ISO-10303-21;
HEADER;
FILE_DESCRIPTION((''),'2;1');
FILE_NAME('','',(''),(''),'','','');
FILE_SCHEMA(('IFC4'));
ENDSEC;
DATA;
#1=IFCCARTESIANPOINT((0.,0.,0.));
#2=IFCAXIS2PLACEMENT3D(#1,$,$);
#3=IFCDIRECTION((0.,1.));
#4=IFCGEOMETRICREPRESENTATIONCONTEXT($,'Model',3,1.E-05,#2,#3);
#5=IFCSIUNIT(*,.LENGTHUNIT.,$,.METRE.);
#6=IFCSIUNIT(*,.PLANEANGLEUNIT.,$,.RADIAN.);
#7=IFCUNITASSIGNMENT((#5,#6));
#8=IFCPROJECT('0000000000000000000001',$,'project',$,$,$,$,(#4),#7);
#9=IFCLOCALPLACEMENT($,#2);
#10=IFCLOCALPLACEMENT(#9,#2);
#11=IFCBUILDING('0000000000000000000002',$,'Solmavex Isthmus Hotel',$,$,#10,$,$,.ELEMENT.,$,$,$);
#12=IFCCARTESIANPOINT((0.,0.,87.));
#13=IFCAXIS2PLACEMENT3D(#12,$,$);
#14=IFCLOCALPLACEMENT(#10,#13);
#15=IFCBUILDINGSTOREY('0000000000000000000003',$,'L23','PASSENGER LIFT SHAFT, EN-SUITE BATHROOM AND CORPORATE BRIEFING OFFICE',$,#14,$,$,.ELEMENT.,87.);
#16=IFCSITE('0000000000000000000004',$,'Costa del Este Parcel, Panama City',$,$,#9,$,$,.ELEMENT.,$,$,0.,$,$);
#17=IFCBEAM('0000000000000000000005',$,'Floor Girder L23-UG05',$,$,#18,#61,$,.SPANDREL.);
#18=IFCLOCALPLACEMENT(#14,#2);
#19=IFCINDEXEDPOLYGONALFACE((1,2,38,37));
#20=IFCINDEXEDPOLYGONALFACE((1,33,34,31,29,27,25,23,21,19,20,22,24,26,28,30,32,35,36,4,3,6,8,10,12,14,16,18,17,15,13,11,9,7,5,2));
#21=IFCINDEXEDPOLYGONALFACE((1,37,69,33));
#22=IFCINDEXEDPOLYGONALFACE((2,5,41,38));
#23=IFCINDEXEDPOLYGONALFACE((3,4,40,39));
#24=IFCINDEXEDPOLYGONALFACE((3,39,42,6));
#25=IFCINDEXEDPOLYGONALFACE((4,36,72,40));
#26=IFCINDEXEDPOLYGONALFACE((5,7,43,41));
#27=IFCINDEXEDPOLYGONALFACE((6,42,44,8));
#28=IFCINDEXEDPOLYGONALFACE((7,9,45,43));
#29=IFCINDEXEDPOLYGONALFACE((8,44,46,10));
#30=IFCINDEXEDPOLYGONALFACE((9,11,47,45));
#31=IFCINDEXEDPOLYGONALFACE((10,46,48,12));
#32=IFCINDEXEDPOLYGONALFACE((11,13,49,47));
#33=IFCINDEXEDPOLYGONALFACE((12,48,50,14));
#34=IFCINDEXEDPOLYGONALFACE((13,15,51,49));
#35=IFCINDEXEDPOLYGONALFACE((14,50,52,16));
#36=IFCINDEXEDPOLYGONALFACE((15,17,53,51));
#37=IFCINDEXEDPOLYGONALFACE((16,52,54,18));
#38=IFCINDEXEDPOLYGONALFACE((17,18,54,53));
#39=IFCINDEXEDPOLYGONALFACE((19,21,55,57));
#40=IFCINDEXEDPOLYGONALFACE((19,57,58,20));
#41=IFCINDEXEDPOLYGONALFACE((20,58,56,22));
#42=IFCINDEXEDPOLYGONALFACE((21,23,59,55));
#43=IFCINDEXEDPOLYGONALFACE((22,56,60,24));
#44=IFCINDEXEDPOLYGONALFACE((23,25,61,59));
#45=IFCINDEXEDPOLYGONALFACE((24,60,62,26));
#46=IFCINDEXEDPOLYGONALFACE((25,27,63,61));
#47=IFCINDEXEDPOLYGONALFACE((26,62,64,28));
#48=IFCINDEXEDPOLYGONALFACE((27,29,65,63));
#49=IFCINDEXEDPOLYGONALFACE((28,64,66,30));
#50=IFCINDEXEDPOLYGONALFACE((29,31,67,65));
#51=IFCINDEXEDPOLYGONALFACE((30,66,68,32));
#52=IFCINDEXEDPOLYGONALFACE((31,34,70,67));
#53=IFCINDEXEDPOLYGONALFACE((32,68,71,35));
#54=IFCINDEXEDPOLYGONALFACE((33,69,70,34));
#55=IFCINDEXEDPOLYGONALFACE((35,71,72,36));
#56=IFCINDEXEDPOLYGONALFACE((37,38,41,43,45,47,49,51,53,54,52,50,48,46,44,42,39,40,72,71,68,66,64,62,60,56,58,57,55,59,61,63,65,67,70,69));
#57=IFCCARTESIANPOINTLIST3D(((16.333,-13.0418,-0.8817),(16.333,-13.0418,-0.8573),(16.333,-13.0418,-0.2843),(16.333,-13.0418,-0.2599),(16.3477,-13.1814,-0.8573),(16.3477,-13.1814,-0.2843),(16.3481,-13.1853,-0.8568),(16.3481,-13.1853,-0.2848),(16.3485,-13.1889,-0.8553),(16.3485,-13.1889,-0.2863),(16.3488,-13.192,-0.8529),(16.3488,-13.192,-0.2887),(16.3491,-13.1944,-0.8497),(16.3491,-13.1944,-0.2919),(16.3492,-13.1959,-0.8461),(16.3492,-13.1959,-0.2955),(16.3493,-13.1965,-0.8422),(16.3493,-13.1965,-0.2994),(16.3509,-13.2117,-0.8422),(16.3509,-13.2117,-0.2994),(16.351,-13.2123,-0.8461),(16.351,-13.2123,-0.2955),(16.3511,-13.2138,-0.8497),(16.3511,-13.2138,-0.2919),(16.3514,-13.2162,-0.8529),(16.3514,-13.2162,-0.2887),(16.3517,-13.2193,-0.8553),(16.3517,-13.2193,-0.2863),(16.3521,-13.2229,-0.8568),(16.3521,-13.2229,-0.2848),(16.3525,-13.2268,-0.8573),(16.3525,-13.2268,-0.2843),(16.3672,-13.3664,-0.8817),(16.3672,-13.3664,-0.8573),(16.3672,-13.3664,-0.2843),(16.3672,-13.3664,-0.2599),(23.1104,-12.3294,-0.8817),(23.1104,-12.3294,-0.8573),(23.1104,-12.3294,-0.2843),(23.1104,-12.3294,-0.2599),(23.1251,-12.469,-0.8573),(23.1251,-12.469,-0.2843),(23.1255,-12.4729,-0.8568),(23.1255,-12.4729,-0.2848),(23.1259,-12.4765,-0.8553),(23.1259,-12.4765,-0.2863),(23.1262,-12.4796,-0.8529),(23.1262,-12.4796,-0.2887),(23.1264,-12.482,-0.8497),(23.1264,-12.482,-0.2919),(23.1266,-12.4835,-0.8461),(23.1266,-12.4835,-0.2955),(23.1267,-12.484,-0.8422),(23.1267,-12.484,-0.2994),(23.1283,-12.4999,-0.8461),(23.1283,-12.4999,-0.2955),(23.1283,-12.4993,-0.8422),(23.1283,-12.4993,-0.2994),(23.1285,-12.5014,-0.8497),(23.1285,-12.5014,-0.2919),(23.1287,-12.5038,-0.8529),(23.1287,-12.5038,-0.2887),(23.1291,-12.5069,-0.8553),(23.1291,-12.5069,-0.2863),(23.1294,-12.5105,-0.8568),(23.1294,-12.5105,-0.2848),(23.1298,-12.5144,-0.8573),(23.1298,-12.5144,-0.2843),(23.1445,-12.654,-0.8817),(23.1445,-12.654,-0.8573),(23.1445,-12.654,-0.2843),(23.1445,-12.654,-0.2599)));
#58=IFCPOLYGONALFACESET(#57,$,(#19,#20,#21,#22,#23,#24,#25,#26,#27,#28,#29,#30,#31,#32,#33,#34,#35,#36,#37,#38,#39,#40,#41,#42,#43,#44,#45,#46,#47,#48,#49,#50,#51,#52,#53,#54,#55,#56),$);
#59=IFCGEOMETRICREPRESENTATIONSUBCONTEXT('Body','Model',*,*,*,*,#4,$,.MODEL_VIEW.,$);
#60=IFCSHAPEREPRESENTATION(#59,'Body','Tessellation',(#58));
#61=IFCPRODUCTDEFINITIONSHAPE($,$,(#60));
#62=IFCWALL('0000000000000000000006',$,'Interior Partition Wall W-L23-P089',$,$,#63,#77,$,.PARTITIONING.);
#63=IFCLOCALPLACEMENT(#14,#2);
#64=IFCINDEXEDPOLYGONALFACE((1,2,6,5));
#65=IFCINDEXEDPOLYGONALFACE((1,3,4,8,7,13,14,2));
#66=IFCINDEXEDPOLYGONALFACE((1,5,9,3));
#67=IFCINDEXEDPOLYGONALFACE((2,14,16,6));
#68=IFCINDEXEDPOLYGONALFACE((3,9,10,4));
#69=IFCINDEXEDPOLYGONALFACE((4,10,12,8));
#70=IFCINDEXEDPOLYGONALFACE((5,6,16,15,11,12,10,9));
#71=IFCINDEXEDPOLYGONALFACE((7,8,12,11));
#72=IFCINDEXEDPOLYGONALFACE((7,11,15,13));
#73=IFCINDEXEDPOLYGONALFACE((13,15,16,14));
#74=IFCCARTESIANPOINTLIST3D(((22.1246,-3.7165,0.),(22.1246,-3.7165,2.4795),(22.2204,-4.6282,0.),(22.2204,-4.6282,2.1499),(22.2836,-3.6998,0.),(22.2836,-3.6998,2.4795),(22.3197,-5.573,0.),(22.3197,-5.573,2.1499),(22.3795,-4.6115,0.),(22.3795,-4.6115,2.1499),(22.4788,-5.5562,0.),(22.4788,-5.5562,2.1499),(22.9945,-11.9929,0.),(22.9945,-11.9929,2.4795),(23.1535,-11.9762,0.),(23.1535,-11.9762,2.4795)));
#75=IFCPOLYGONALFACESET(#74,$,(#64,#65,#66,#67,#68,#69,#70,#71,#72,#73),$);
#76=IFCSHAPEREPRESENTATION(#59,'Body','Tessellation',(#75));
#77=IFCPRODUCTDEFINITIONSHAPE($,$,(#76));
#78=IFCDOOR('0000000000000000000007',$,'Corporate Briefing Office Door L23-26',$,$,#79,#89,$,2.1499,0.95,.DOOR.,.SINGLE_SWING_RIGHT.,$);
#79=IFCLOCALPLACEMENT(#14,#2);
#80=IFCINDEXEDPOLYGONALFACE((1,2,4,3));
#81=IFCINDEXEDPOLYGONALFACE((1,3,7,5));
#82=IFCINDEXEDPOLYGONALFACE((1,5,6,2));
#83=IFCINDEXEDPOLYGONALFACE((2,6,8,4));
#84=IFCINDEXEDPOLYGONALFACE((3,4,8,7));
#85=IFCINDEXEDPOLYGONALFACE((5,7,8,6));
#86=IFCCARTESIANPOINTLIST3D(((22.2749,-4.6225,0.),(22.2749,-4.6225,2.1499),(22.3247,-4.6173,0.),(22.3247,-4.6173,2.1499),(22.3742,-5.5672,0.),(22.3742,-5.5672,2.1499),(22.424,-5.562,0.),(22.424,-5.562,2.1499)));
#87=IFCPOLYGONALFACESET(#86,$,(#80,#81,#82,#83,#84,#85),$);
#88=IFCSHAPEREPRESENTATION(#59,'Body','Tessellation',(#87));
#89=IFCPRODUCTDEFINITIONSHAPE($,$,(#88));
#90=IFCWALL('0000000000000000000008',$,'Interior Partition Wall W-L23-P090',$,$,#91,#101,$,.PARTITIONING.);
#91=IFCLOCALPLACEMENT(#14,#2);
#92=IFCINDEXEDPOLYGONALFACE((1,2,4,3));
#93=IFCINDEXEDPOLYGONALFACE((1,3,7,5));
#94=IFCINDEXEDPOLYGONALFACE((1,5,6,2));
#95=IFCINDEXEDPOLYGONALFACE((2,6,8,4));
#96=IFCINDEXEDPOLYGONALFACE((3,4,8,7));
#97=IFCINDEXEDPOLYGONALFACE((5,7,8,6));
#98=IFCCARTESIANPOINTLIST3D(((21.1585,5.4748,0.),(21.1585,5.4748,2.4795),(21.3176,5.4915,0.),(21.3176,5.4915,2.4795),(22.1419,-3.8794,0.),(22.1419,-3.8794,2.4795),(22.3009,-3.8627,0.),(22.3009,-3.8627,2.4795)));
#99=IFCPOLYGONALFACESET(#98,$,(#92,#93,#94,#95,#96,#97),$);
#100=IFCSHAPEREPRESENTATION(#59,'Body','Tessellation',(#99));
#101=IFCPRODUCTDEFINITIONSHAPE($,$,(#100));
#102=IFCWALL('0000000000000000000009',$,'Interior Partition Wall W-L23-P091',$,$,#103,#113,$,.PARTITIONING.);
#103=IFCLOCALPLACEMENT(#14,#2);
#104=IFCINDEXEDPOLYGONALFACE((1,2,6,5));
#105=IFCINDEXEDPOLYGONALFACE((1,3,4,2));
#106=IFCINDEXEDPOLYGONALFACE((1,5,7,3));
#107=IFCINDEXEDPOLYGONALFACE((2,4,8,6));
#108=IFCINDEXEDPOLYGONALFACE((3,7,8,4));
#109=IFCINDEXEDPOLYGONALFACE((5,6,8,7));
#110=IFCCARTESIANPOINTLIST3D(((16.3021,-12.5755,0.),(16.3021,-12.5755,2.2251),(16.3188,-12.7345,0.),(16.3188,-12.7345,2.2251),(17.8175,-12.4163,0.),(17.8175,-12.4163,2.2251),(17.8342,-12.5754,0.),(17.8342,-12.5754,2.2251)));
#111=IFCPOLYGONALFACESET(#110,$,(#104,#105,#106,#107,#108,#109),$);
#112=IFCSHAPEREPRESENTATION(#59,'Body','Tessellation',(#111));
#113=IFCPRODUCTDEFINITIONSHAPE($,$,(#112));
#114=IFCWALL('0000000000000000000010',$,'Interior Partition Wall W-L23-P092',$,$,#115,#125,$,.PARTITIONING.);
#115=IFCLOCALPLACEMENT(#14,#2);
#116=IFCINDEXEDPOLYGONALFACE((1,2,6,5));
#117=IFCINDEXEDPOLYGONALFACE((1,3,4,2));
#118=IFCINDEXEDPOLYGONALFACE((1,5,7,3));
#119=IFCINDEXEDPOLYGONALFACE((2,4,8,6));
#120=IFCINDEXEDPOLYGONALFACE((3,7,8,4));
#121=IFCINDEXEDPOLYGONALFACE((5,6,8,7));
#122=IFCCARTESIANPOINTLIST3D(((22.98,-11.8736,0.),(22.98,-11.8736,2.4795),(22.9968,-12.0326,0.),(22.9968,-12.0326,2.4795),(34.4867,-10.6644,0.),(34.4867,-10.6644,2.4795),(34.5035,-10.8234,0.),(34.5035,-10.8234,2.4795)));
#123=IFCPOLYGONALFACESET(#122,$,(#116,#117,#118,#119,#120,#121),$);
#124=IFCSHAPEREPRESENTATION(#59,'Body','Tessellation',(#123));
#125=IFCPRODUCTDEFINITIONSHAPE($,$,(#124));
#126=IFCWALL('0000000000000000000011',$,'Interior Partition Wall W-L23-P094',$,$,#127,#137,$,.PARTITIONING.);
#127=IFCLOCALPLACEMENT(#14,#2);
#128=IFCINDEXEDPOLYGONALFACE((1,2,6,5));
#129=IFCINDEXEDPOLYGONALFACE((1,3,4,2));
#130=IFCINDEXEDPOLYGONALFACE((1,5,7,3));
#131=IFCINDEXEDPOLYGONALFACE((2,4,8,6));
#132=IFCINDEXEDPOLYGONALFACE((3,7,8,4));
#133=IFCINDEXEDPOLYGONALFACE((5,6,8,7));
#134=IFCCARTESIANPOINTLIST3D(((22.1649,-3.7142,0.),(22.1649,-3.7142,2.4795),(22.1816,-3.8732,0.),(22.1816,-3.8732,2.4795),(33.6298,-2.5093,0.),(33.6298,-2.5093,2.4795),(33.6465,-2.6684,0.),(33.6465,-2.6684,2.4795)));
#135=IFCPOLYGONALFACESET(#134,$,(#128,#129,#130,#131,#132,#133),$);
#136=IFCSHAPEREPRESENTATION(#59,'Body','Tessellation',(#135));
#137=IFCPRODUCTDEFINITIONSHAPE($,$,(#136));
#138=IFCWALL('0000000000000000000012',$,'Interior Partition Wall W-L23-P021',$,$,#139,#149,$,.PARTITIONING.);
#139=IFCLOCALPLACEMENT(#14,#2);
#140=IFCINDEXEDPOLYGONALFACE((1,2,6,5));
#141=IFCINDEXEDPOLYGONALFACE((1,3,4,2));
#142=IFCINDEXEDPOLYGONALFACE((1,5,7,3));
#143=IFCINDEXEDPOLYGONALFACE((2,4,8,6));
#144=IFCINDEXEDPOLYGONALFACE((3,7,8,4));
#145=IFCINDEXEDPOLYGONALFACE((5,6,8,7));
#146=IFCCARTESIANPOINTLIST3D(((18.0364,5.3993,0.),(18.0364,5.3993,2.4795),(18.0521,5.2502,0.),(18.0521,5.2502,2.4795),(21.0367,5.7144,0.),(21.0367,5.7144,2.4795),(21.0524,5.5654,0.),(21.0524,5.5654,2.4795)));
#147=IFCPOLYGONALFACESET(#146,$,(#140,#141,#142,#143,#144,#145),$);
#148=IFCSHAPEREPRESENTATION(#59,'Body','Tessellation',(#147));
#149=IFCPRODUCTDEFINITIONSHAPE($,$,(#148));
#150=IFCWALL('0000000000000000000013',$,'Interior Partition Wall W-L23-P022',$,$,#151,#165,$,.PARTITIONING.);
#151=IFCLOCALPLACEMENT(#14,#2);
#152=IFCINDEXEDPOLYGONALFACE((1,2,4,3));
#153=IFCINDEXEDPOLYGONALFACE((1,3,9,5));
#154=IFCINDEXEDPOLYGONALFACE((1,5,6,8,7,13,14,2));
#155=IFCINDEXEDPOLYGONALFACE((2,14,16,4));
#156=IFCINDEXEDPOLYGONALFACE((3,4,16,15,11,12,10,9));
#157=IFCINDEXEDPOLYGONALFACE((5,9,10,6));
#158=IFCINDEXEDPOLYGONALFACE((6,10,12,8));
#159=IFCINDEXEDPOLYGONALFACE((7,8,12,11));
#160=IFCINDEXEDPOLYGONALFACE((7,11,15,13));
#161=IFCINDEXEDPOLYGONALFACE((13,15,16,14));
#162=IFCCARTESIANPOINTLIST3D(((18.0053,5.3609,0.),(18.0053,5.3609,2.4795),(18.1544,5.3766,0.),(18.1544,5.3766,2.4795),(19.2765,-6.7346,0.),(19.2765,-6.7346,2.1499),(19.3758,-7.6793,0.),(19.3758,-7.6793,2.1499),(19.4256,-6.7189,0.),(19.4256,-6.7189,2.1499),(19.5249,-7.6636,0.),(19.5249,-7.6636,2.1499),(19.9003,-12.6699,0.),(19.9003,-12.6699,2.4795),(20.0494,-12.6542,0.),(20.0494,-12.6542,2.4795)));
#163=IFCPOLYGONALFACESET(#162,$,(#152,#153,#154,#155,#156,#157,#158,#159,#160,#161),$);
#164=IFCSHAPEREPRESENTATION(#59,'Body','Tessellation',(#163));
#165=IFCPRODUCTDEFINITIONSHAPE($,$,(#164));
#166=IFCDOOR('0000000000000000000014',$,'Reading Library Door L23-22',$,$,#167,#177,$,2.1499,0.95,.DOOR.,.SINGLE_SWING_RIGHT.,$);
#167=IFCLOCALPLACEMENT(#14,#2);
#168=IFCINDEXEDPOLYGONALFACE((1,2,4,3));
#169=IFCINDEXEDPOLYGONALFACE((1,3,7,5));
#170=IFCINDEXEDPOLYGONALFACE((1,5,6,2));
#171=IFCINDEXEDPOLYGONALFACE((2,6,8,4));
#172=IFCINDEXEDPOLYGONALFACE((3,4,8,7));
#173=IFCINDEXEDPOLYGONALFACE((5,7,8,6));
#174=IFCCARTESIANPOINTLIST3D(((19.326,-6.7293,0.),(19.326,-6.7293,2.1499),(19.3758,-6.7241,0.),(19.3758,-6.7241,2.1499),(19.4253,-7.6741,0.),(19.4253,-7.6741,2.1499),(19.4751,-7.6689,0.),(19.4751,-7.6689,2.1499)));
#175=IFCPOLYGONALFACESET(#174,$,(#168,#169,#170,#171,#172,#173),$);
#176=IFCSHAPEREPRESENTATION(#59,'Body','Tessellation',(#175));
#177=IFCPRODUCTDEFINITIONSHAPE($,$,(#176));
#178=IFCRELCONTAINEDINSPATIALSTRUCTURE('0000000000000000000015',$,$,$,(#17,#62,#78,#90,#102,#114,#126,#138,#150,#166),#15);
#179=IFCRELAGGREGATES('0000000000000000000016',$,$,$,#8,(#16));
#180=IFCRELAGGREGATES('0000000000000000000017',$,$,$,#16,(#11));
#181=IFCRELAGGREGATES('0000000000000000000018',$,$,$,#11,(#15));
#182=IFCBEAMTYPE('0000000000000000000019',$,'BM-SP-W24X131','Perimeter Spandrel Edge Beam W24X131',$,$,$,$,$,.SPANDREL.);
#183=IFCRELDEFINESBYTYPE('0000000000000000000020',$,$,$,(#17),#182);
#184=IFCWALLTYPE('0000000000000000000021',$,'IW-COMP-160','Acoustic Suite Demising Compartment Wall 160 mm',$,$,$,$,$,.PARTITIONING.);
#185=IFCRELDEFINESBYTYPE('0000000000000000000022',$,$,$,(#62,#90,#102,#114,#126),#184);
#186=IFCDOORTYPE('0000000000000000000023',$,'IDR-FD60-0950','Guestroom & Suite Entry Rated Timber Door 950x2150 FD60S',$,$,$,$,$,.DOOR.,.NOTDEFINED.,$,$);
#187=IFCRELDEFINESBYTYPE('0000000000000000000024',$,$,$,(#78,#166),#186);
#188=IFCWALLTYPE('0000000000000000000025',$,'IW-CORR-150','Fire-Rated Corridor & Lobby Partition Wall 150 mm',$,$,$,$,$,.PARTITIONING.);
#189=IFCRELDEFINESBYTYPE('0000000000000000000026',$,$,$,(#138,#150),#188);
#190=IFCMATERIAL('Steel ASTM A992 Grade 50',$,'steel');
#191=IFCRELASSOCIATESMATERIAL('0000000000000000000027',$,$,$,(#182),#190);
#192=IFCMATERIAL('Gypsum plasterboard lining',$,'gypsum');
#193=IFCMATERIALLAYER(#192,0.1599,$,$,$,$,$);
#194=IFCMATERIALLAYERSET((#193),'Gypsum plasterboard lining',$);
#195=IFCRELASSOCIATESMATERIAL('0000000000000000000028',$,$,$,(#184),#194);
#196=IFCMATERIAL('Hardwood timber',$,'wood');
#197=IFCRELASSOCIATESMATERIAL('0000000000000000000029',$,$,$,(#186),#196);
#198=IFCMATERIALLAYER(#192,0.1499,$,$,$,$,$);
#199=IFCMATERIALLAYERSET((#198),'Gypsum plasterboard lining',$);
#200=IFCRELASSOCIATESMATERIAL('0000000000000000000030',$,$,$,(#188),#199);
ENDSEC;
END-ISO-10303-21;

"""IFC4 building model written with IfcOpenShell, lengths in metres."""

from ifc_helpers import new_model, si_unit, direction, frame, frame_2d, origin, origin_2d, place, context, subcontext, project, spatial, rectangle, i_section, extrude, material, layer, layer_set, material_profile, profile_set, type_object, element, fill, save


model = new_model("IFC4")

# Units and contexts
model_context = context("Model", 3, precision=1e-05, world=origin(), true_north=direction((0.0, 1.0)))
body_context = subcontext(model_context, "Body", "Model", "MODEL_VIEW")
ifc_project = project(units=[si_unit("LENGTHUNIT", "METRE"), si_unit("PLANEANGLEUNIT", "RADIAN")], contexts=[model_context])

# Site, building, storey
site_placement = place(None, origin())
site = spatial("IfcSite", under=ifc_project, at=site_placement, Name="Costa del Este Parcel, Panama City", CompositionType="ELEMENT", RefElevation=0.0)
building_placement = place(site_placement, origin())
building = spatial("IfcBuilding", under=site, at=building_placement, Name="Solmavex Isthmus Hotel", CompositionType="ELEMENT")
storey_placement = place(building_placement, frame((0.0, 0.0, 87.0)))
storey = spatial("IfcBuildingStorey", under=building, at=storey_placement, Name="L23", Description="PASSENGER LIFT SHAFT, EN-SUITE BATHROOM AND CORPORATE BRIEFING OFFICE", CompositionType="ELEMENT", Elevation=87.0)

# Beam
ifc_material_1 = material(Name="Steel ASTM A992 Grade 50", Category="steel")
ifc_material_profile_1 = material_profile(ifc_material_1, i_section(OverallWidth=0.3264, OverallDepth=0.6218, WebThickness=0.0154, FlangeThickness=0.0244, FilletRadius=0.0151, at=origin_2d()), Name="W24X131")
ifc_profile_set_1 = profile_set([ifc_material_profile_1], Name="Steel ASTM A992 Grade 50")
beam_type_1 = type_object("IfcBeamType", Name="BM-SP-W24X131", Description="Perimeter Spandrel Edge Beam W24X131", PredefinedType="SPANDREL", material=ifc_profile_set_1)
beam_1_placement = place(storey_placement, frame((16.3501, -13.2041, -0.5708), z_axis=(0.994521, 0.104539, 0.0), x_axis=(-0.104539, 0.994521, 0.0)))
element("IfcBeam", 1, at=beam_1_placement, inside=storey, type_object=beam_type_1, Name="Floor Girder L23-UG05", PredefinedType="SPANDREL", context=body_context, shape_type="SweptSolid", body=[
    extrude(i_section(OverallWidth=0.3264, OverallDepth=0.6218, WebThickness=0.0154, FlangeThickness=0.0244, FilletRadius=0.0151, at=origin_2d()), origin(), (0.0, 0.0, 1.0), 6.8147),
])

# Wall, opening, door
ifc_material_2 = material(Name="Gypsum plasterboard lining", Category="gypsum")
ifc_layer_1 = layer(ifc_material_2, 0.1599)
ifc_layer_set_1 = layer_set([ifc_layer_1], Name="Gypsum plasterboard lining")
wall_type_1 = type_object("IfcWallType", Name="IW-COMP-160", Description="Acoustic Suite Demising Compartment Wall 160 mm", PredefinedType="PARTITIONING", material=ifc_layer_set_1)
wall_1_placement = place(storey_placement, frame((22.2041, -3.708, 0.0), z_axis=(0.0, 0.0, 1.0), x_axis=(0.104527, -0.994522, 0.0)))
wall_1 = element("IfcWall", 2, at=wall_1_placement, inside=storey, type_object=wall_type_1, Name="Interior Partition Wall W-L23-P089", PredefinedType="PARTITIONING", context=body_context, shape_type="SweptSolid", body=[
    extrude(rectangle(XDim=8.322, YDim=0.1599, at=frame_2d((4.1611, 0.0))), origin(), (0.0, 0.0, 1.0), 2.4795),
])
opening_1_placement = place(wall_1_placement, frame((0.9167, 0.0, 0.0)))
opening_1 = element("IfcOpeningElement", 3, at=opening_1_placement, cuts=wall_1, PredefinedType="OPENING", context=body_context, shape_type="SweptSolid", body=[
    extrude(rectangle(XDim=0.95, YDim=2.1499, at=frame_2d((0.4751, 1.075))), frame((0.0, 0.0898, 0.0), z_axis=(0.0, -1.0, 0.0), x_axis=(1.0, 0.0, 0.0)), (0.0, 0.0, 1.0), 0.1799),
])
ifc_material_3 = material(Name="Hardwood timber", Category="wood")
door_type = type_object("IfcDoorType", Name="IDR-FD60-0950", Description="Guestroom & Suite Entry Rated Timber Door 950x2150 FD60S", OperationType="NOTDEFINED", PredefinedType="DOOR", material=ifc_material_3)
door_1_placement = place(opening_1_placement, origin())
door_1 = element("IfcDoor", 4, at=door_1_placement, inside=storey, type_object=door_type, Name="Corporate Briefing Office Door L23-26", OperationType="SINGLE_SWING_RIGHT", OverallHeight=2.1499, OverallWidth=0.95, PredefinedType="DOOR", context=body_context, shape_type="SweptSolid", body=[
    extrude(rectangle(XDim=0.95, YDim=2.1499, at=frame_2d((0.4751, 1.075))), frame((0.0, 0.0249, 0.0), z_axis=(0.0, -1.0, 0.0), x_axis=(1.0, 0.0, 0.0)), (0.0, 0.0, 1.0), 0.05),
])
fill(opening_1, door_1)

# Walls
wall_2_placement = place(storey_placement, frame((21.238, 5.4832, 0.0), z_axis=(0.0, 0.0, 1.0), x_axis=(0.104552, -0.994519, 0.0)))
element("IfcWall", 5, at=wall_2_placement, inside=storey, type_object=wall_type_1, Name="Interior Partition Wall W-L23-P090", PredefinedType="PARTITIONING", context=body_context, shape_type="SweptSolid", body=[
    extrude(rectangle(XDim=9.4058, YDim=0.1599, at=frame_2d((4.7029, 0.0))), origin(), (0.0, 0.0, 1.0), 2.4795),
])
wall_3_placement = place(storey_placement, frame((17.8257, -12.4958, 0.0), z_axis=(0.0, 0.0, 1.0), x_axis=(-0.994528, -0.104468, 0.0)))
element("IfcWall", 6, at=wall_3_placement, inside=storey, type_object=wall_type_1, Name="Interior Partition Wall W-L23-P091", PredefinedType="PARTITIONING", context=body_context, shape_type="SweptSolid", body=[
    extrude(rectangle(XDim=1.5237, YDim=0.1599, at=frame_2d((0.7617, 0.0))), origin(), (0.0, 0.0, 1.0), 2.2251),
])
wall_4_placement = place(storey_placement, frame((22.9883, -11.9531, 0.0), z_axis=(0.0, 0.0, 1.0), x_axis=(0.994523, 0.104515, 0.0)))
element("IfcWall", 7, at=wall_4_placement, inside=storey, type_object=wall_type_1, Name="Interior Partition Wall W-L23-P092", PredefinedType="PARTITIONING", context=body_context, shape_type="SweptSolid", body=[
    extrude(rectangle(XDim=11.5701, YDim=0.1599, at=frame_2d((5.7852, 0.0))), origin(), (0.0, 0.0, 1.0), 2.4795),
])
wall_5_placement = place(storey_placement, frame((22.1731, -3.7937, 0.0), z_axis=(0.0, 0.0, 1.0), x_axis=(0.994523, 0.104514, 0.0)))
element("IfcWall", 8, at=wall_5_placement, inside=storey, type_object=wall_type_1, Name="Interior Partition Wall W-L23-P094", PredefinedType="PARTITIONING", context=body_context, shape_type="SweptSolid", body=[
    extrude(rectangle(XDim=11.5281, YDim=0.1599, at=frame_2d((5.7642, 0.0))), origin(), (0.0, 0.0, 1.0), 2.4795),
])
ifc_layer_2 = layer(ifc_material_2, 0.1499)
ifc_layer_set_2 = layer_set([ifc_layer_2], Name="Gypsum plasterboard lining")
wall_type_2 = type_object("IfcWallType", Name="IW-CORR-150", Description="Fire-Rated Corridor & Lobby Partition Wall 150 mm", PredefinedType="PARTITIONING", material=ifc_layer_set_2)
wall_6_placement = place(storey_placement, frame((21.0444, 5.6399, 0.0), z_axis=(0.0, 0.0, 1.0), x_axis=(-0.994527, -0.104478, 0.0)))
element("IfcWall", 9, at=wall_6_placement, inside=storey, type_object=wall_type_2, Name="Interior Partition Wall W-L23-P021", PredefinedType="PARTITIONING", context=body_context, shape_type="SweptSolid", body=[
    extrude(rectangle(XDim=3.0168, YDim=0.1499, at=frame_2d((1.5083, 0.0))), origin(), (0.0, 0.0, 1.0), 2.4795),
])

# Wall, opening, door
wall_7_placement = place(storey_placement, frame((18.0798, 5.3687, 0.0), z_axis=(0.0, 0.0, 1.0), x_axis=(0.104524, -0.994522, 0.0)))
wall_7 = element("IfcWall", 10, at=wall_7_placement, inside=storey, type_object=wall_type_2, Name="Interior Partition Wall W-L23-P022", PredefinedType="PARTITIONING", context=body_context, shape_type="SweptSolid", body=[
    extrude(rectangle(XDim=18.1301, YDim=0.1499, at=frame_2d((9.0649, 0.0))), origin(), (0.0, 0.0, 1.0), 2.4795),
])
opening_2_placement = place(wall_7_placement, frame((12.1619, 0.0, 0.0)))
opening_2 = element("IfcOpeningElement", 11, at=opening_2_placement, cuts=wall_7, PredefinedType="OPENING", context=body_context, shape_type="SweptSolid", body=[
    extrude(rectangle(XDim=0.95, YDim=2.1499, at=frame_2d((0.4751, 1.075))), frame((0.0, 0.085, 0.0), z_axis=(0.0, -1.0, 0.0), x_axis=(1.0, 0.0, 0.0)), (0.0, 0.0, 1.0), 0.1699),
])
door_2_placement = place(opening_2_placement, origin())
door_2 = element("IfcDoor", 12, at=door_2_placement, inside=storey, type_object=door_type, Name="Reading Library Door L23-22", OperationType="SINGLE_SWING_RIGHT", OverallHeight=2.1499, OverallWidth=0.95, PredefinedType="DOOR", context=body_context, shape_type="SweptSolid", body=[
    extrude(rectangle(XDim=0.95, YDim=2.1499, at=frame_2d((0.4751, 1.075))), frame((0.0, 0.0249, 0.0), z_axis=(0.0, -1.0, 0.0), x_axis=(1.0, 0.0, 0.0)), (0.0, 0.0, 1.0), 0.05),
])
fill(opening_2, door_2)

save(model, "model.ifc")
